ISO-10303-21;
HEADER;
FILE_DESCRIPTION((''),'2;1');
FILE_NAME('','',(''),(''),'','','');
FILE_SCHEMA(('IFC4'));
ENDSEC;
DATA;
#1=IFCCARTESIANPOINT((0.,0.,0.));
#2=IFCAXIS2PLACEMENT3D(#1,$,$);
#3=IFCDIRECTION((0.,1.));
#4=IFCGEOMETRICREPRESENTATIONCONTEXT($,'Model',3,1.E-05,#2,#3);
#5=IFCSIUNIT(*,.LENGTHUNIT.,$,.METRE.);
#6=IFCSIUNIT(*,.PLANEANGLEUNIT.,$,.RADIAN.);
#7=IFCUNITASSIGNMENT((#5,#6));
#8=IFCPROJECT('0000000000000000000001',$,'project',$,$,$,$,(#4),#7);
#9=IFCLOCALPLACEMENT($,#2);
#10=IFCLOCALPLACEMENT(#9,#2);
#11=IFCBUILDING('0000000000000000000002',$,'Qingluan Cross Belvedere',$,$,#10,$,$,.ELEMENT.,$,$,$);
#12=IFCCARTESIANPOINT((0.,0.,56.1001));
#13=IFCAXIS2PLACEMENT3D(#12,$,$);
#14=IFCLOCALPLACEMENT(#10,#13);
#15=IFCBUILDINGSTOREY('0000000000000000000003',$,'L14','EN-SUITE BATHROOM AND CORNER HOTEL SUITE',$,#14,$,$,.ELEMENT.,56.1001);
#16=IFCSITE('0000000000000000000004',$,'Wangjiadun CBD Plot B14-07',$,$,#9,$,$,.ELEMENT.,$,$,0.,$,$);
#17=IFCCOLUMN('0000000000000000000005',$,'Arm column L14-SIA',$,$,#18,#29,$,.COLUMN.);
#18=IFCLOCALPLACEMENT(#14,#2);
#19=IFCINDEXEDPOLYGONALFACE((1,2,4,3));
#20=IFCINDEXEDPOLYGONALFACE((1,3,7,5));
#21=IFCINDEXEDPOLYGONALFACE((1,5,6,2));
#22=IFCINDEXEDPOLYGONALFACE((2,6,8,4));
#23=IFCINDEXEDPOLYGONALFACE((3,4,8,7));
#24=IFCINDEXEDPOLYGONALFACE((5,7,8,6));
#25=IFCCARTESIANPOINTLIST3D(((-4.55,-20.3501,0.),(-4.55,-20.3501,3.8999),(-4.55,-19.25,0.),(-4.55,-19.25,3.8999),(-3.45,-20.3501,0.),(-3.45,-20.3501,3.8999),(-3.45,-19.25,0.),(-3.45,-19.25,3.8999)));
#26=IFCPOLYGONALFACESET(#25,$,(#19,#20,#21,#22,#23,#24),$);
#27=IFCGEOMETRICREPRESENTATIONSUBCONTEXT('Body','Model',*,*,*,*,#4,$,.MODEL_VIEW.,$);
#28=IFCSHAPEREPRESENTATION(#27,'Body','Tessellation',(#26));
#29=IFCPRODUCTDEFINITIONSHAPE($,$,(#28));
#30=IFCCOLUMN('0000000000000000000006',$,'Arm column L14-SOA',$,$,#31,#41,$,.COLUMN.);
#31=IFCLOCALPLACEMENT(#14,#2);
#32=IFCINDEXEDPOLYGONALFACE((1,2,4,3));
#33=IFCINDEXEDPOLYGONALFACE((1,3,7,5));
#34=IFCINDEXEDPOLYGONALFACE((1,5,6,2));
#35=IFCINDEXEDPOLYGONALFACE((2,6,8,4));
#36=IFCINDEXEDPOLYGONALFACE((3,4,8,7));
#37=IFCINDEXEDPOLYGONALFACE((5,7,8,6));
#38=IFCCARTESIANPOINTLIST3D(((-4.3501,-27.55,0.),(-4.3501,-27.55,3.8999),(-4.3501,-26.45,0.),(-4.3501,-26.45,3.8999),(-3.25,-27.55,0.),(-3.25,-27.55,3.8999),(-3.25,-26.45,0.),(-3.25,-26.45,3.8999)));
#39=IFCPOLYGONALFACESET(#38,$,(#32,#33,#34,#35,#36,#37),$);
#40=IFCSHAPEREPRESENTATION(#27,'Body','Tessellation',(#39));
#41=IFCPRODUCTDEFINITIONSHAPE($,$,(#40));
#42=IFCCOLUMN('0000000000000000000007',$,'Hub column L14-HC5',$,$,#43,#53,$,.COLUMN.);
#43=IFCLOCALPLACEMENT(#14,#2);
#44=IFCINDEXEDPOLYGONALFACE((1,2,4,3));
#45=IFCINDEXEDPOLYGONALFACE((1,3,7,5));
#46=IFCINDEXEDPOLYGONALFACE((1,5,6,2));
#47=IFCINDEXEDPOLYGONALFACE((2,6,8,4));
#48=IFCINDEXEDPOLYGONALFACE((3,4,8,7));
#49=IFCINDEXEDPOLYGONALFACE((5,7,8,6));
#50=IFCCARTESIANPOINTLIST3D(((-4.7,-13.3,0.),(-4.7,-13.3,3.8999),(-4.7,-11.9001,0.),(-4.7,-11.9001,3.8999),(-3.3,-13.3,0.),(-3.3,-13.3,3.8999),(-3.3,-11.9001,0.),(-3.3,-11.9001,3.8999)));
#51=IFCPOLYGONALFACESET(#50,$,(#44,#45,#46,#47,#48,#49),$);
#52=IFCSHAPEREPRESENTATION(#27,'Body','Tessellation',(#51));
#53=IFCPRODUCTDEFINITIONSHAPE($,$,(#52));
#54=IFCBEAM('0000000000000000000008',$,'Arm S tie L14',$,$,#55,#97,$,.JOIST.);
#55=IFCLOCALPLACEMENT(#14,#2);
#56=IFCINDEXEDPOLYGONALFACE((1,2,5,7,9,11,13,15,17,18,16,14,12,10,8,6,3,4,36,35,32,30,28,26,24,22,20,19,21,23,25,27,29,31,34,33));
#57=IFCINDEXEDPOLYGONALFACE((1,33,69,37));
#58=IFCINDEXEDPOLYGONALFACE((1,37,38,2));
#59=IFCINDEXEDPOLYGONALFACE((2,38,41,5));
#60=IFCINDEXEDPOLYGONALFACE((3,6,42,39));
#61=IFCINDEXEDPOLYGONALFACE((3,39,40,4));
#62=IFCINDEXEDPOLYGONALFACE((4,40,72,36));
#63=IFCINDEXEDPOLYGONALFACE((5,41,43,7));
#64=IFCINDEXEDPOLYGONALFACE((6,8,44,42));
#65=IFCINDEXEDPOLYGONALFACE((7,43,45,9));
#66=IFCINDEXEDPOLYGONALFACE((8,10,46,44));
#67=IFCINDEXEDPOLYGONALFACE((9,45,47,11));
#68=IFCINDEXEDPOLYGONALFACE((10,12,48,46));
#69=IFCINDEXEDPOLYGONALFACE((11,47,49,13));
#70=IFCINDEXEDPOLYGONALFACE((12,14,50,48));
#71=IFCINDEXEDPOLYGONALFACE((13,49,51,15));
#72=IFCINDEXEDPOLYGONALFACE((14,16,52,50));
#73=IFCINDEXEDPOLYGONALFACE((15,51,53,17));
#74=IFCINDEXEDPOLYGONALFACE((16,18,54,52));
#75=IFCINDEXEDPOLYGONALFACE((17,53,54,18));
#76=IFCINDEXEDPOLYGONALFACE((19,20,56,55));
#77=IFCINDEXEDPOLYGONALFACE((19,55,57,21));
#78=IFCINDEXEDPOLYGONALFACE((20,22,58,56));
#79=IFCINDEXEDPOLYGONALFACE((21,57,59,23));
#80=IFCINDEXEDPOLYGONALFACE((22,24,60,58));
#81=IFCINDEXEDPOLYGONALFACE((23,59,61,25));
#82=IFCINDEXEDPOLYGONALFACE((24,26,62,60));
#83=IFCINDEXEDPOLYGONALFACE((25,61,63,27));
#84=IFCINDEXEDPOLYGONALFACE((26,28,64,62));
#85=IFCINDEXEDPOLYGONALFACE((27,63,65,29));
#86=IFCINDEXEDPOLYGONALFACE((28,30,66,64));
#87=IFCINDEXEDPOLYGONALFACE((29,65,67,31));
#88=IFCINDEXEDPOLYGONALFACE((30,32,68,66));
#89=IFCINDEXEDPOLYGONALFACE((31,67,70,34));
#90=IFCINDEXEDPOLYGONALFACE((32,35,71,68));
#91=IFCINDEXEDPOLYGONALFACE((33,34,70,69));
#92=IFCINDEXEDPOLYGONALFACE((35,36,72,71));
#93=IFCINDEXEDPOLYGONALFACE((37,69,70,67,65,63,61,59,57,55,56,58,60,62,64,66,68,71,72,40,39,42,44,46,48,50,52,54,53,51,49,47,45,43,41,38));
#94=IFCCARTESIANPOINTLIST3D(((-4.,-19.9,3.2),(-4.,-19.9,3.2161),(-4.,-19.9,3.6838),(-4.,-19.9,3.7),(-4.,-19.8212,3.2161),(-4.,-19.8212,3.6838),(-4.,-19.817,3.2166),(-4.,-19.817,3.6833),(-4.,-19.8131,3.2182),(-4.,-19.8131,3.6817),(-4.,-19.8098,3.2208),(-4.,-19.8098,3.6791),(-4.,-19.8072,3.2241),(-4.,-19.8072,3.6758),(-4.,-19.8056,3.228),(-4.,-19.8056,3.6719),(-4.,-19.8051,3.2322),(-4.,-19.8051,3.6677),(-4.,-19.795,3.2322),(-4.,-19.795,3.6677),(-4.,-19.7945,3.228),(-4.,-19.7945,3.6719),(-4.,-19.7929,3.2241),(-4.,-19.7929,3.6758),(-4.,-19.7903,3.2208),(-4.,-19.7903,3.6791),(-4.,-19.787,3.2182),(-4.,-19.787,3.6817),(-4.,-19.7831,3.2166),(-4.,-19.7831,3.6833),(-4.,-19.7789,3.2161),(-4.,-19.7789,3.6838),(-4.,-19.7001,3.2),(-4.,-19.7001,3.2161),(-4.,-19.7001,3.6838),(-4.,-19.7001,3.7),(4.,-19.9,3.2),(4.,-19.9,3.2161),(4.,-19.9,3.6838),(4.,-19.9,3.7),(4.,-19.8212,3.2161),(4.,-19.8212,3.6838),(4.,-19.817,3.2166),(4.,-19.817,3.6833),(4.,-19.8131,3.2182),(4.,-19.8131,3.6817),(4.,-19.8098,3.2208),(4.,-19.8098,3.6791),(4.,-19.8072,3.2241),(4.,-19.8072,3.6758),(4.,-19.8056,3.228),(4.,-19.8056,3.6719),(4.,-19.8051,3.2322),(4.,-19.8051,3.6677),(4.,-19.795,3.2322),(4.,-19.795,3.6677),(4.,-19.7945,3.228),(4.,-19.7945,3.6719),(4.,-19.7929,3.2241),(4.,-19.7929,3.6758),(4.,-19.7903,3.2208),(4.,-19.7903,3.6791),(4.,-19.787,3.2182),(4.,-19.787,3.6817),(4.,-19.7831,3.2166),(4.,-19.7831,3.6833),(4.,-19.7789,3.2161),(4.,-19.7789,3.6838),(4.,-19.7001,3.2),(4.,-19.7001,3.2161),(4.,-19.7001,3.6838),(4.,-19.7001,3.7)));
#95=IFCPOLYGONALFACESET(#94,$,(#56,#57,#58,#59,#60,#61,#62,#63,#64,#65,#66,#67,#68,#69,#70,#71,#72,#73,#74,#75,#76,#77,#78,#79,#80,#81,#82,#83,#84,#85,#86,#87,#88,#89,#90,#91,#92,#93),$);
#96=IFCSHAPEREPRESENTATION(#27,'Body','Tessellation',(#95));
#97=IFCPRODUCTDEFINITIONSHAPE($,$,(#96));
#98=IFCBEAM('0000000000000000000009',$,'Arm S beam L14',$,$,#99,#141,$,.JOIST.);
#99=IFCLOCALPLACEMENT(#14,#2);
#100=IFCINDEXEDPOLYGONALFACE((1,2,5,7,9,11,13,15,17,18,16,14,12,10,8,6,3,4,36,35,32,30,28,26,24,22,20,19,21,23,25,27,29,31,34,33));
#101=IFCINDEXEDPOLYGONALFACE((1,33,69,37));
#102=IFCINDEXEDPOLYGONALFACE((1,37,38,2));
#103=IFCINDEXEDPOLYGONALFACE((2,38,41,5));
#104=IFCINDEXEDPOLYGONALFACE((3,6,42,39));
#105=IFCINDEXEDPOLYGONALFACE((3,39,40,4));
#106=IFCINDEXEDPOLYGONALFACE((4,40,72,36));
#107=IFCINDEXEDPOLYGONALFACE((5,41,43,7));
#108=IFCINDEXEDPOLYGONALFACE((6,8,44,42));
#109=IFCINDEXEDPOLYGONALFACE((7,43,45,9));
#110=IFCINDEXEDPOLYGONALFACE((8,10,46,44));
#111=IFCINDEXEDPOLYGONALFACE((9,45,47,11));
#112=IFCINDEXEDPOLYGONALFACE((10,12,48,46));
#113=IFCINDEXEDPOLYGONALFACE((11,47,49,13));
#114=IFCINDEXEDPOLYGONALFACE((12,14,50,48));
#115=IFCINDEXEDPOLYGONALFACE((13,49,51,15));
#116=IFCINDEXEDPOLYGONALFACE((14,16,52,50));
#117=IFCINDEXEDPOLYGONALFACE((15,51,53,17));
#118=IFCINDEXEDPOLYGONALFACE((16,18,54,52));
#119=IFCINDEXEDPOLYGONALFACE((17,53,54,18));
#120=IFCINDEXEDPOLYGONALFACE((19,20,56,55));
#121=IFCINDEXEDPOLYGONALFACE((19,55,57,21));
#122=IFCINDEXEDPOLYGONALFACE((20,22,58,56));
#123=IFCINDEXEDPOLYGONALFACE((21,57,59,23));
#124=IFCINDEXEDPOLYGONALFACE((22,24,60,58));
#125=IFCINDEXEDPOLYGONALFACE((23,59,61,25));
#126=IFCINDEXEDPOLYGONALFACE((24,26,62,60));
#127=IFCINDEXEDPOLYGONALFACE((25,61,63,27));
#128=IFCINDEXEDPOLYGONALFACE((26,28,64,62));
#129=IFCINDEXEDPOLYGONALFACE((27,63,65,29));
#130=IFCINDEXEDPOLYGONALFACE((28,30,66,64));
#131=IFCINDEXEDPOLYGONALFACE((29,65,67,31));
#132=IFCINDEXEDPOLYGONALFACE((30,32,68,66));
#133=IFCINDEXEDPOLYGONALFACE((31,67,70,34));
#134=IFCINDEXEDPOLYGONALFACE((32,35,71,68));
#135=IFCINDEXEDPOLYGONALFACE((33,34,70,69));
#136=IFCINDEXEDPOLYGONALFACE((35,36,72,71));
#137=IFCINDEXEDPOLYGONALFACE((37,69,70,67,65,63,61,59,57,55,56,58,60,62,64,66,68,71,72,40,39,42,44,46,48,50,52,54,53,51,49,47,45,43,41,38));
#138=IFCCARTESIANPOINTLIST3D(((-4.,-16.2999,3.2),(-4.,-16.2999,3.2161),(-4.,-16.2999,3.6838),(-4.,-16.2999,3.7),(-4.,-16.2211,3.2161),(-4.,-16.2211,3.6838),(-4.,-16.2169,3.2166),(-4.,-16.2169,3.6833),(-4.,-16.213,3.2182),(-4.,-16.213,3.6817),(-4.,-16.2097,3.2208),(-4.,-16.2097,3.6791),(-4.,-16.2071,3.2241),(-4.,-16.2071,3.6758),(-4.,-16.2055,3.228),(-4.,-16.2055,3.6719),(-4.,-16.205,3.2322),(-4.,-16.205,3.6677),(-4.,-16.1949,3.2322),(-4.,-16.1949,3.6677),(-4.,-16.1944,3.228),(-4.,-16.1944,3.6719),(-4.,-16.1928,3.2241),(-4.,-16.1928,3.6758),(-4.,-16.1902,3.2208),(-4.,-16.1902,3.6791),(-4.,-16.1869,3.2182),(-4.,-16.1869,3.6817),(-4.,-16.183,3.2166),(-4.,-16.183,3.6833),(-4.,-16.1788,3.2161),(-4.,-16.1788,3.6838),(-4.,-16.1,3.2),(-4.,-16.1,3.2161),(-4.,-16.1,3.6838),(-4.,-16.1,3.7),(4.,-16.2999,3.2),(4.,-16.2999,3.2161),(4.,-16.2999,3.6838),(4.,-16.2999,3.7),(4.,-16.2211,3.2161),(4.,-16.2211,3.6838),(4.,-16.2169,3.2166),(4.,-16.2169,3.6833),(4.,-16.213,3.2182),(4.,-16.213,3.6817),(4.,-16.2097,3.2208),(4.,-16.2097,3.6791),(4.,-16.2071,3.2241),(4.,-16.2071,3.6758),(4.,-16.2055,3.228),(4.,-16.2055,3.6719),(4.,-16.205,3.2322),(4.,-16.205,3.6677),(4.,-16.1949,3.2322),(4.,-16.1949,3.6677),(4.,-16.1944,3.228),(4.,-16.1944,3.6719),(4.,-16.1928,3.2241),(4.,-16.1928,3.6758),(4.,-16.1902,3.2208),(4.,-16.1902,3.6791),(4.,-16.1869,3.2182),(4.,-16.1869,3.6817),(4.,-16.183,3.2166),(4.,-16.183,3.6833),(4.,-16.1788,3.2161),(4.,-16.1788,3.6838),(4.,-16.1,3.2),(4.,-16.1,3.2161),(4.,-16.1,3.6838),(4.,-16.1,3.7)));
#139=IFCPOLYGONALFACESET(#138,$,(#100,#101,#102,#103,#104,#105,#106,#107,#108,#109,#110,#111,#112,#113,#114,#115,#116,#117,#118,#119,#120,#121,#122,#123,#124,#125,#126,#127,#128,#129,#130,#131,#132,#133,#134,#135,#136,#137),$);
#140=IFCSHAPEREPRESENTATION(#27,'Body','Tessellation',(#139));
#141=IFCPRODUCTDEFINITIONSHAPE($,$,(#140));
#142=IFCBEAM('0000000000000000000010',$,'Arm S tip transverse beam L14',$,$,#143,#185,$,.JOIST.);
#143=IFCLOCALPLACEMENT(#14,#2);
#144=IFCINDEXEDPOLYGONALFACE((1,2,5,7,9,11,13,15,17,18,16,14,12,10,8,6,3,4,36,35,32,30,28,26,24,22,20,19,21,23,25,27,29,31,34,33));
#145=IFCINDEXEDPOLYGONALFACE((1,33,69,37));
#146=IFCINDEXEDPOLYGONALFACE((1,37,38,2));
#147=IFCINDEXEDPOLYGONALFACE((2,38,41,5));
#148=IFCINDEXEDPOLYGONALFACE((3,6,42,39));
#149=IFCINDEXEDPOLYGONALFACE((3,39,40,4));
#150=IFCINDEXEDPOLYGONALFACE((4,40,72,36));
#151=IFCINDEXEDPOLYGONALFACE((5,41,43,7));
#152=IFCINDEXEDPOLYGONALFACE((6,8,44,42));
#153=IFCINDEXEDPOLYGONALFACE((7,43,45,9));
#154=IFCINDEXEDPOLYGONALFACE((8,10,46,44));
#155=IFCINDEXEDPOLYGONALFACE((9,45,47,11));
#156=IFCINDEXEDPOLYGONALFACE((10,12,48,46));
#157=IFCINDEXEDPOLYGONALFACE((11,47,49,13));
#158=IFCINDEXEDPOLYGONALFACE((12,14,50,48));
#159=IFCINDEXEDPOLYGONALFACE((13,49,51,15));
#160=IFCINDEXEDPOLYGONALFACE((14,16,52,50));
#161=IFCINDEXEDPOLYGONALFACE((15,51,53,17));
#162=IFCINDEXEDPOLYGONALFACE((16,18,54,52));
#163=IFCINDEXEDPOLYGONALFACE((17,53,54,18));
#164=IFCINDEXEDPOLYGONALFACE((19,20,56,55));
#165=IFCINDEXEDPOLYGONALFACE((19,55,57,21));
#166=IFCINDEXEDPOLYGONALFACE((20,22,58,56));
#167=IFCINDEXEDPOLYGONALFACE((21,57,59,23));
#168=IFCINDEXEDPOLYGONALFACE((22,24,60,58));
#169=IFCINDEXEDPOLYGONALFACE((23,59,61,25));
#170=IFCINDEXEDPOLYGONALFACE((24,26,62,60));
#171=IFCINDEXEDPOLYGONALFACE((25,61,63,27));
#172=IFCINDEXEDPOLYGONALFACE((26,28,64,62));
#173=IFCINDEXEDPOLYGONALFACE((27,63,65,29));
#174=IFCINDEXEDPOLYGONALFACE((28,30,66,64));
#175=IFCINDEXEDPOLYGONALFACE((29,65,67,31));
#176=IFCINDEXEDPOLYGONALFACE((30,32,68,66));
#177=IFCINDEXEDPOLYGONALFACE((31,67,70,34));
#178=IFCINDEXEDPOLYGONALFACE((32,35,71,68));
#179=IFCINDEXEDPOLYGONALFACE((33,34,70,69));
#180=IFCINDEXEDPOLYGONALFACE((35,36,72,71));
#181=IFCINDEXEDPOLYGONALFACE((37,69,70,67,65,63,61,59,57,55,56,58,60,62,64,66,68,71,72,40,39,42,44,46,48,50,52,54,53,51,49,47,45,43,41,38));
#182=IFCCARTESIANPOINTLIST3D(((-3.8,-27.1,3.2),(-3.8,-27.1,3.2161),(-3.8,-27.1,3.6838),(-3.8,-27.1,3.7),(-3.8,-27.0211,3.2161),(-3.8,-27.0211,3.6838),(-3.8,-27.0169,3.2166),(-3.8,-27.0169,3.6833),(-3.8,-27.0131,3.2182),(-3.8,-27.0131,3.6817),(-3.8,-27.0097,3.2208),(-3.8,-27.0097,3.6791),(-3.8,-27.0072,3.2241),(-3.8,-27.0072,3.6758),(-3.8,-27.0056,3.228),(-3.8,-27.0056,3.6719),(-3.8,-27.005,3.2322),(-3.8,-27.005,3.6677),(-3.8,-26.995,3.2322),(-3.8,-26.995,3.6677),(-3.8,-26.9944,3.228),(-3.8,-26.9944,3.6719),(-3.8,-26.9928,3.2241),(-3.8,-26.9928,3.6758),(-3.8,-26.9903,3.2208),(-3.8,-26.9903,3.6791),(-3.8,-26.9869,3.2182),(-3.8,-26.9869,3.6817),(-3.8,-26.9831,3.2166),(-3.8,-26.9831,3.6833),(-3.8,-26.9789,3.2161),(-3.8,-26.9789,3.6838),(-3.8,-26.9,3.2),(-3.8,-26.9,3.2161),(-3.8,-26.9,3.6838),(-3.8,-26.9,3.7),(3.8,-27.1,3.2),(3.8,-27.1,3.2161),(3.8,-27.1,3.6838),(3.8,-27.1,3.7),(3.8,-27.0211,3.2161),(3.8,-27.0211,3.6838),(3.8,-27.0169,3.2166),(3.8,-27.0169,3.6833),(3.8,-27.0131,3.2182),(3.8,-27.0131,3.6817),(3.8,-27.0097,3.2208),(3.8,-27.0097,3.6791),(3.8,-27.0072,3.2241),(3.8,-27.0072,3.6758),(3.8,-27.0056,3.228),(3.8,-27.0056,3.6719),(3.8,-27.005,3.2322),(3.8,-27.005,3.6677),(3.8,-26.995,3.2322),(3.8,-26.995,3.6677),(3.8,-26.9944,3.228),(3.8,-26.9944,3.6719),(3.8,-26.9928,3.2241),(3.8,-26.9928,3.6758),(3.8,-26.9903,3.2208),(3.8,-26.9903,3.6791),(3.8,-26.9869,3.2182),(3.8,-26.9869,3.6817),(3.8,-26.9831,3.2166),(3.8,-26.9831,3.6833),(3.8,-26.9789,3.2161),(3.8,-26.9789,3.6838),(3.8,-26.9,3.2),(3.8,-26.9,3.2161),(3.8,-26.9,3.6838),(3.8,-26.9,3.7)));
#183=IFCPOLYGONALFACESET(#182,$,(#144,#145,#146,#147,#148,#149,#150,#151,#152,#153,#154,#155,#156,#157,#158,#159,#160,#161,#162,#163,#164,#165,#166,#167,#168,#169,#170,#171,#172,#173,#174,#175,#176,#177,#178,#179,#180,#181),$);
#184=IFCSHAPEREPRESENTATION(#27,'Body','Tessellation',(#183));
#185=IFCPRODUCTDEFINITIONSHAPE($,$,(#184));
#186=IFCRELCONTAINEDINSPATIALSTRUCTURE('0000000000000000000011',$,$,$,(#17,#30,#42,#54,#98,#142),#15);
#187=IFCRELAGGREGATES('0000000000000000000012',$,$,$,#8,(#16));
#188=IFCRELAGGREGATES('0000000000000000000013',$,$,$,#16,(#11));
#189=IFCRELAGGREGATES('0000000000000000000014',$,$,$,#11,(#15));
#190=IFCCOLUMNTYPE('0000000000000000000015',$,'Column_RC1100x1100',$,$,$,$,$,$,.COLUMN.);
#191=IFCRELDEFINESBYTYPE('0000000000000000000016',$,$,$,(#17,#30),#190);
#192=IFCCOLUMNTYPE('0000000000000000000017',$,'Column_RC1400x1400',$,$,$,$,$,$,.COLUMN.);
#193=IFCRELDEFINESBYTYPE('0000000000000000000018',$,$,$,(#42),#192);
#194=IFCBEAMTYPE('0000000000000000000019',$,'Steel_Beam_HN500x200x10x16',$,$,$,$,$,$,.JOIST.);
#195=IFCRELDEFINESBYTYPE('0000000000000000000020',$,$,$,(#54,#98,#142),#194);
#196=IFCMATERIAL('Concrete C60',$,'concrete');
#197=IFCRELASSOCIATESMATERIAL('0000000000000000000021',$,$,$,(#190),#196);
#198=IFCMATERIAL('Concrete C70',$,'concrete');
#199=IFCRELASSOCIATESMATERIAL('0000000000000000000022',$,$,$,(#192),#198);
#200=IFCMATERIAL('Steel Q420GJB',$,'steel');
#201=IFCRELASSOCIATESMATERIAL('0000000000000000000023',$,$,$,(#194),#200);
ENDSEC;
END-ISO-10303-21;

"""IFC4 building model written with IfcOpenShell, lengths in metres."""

from ifc_helpers import new_model, si_unit, direction, frame, origin, origin_2d, place, context, subcontext, project, spatial, rectangle, i_section, extrude, material, material_profile, profile_set, type_object, element, save


model = new_model("IFC4")

# Units and contexts
model_context = context("Model", 3, precision=1e-05, world=origin(), true_north=direction((0.0, 1.0)))
body_context = subcontext(model_context, "Body", "Model", "MODEL_VIEW")
ifc_project = project(units=[si_unit("LENGTHUNIT", "METRE"), si_unit("PLANEANGLEUNIT", "RADIAN")], contexts=[model_context])

# Site, building, storey
site_placement = place(None, origin())
site = spatial("IfcSite", under=ifc_project, at=site_placement, Name="Wangjiadun CBD Plot B14-07", CompositionType="ELEMENT", RefElevation=0.0)
building_placement = place(site_placement, origin())
building = spatial("IfcBuilding", under=site, at=building_placement, Name="Qingluan Cross Belvedere", CompositionType="ELEMENT")
storey_placement = place(building_placement, frame((0.0, 0.0, 56.1001)))
storey = spatial("IfcBuildingStorey", under=building, at=storey_placement, Name="L14", Description="EN-SUITE BATHROOM AND CORNER HOTEL SUITE", CompositionType="ELEMENT", Elevation=56.1001)

# Columns
ifc_material_1 = material(Name="Concrete C60", Category="concrete")
ifc_material_profile_1 = material_profile(ifc_material_1, rectangle(XDim=1.1001, YDim=1.1001, at=origin_2d()), Name="RC1100x1100")
ifc_profile_set_1 = profile_set([ifc_material_profile_1], Name="Concrete C60")
column_type_1 = type_object("IfcColumnType", Name="Column_RC1100x1100", PredefinedType="COLUMN", material=ifc_profile_set_1)
for number, where, z_axis, x_axis, name in (
    (1, (-4.0, -19.8, 0.0), (0.0, 0.0, 1.0), (1.0, 0.0, 0.0), "Arm column L14-SIA"),
    (2, (-3.8, -27.0, 0.0), (0.0, 0.0, 1.0), (1.0, 0.0, 0.0), "Arm column L14-SOA"),
):
    element("IfcColumn", number, at=place(storey_placement, frame(where, z_axis=z_axis, x_axis=x_axis)), inside=storey, type_object=column_type_1, Name=name, PredefinedType="COLUMN", context=body_context, shape_type="SweptSolid", body=[
        extrude(rectangle(XDim=1.1001, YDim=1.1001, at=origin_2d()), origin(), (0.0, 0.0, 1.0), 3.8999),
    ])
ifc_material_2 = material(Name="Concrete C70", Category="concrete")
ifc_material_profile_2 = material_profile(ifc_material_2, rectangle(XDim=1.3999, YDim=1.3999, at=origin_2d()), Name="RC1400x1400")
ifc_profile_set_2 = profile_set([ifc_material_profile_2], Name="Concrete C70")
column_type_2 = type_object("IfcColumnType", Name="Column_RC1400x1400", PredefinedType="COLUMN", material=ifc_profile_set_2)
column_placement = place(storey_placement, frame((-4.0, -12.6001, 0.0), z_axis=(0.0, 0.0, 1.0), x_axis=(1.0, 0.0, 0.0)))
element("IfcColumn", 3, at=column_placement, inside=storey, type_object=column_type_2, Name="Hub column L14-HC5", PredefinedType="COLUMN", context=body_context, shape_type="SweptSolid", body=[
    extrude(rectangle(XDim=1.3999, YDim=1.3999, at=origin_2d()), origin(), (0.0, 0.0, 1.0), 3.8999),
])

# Beams
ifc_material_3 = material(Name="Steel Q420GJB", Category="steel")
ifc_material_profile_3 = material_profile(ifc_material_3, i_section(OverallWidth=0.2, OverallDepth=0.5, WebThickness=0.01, FlangeThickness=0.0161, FilletRadius=0.0161, at=origin_2d()), Name="HN500x200x10x16")
ifc_profile_set_3 = profile_set([ifc_material_profile_3], Name="Steel Q420GJB")
beam_type_1 = type_object("IfcBeamType", Name="Steel_Beam_HN500x200x10x16", PredefinedType="JOIST", material=ifc_profile_set_3)
for number, where, z_axis, x_axis, name in (
    (4, (-4.0, -19.8, 3.45), (1.0, 0.0, 0.0), (0.0, 1.0, 0.0), "Arm S tie L14"),
    (5, (-4.0, -16.2, 3.45), (1.0, 0.0, 0.0), (0.0, 1.0, 0.0), "Arm S beam L14"),
):
    element("IfcBeam", number, at=place(storey_placement, frame(where, z_axis=z_axis, x_axis=x_axis)), inside=storey, type_object=beam_type_1, Name=name, PredefinedType="JOIST", context=body_context, shape_type="SweptSolid", body=[
        extrude(i_section(OverallWidth=0.2, OverallDepth=0.5, WebThickness=0.01, FlangeThickness=0.0161, FilletRadius=0.0161, at=origin_2d()), origin(), (0.0, 0.0, 1.0), 8.0),
    ])
beam_1_placement = place(storey_placement, frame((-3.8, -27.0, 3.45), z_axis=(1.0, 0.0, 0.0), x_axis=(0.0, 1.0, 0.0)))
element("IfcBeam", 6, at=beam_1_placement, inside=storey, type_object=beam_type_1, Name="Arm S tip transverse beam L14", PredefinedType="JOIST", context=body_context, shape_type="SweptSolid", body=[
    extrude(i_section(OverallWidth=0.2, OverallDepth=0.5, WebThickness=0.01, FlangeThickness=0.0161, FilletRadius=0.0161, at=origin_2d()), origin(), (0.0, 0.0, 1.0), 7.6001),
])

save(model, "model.ifc")
